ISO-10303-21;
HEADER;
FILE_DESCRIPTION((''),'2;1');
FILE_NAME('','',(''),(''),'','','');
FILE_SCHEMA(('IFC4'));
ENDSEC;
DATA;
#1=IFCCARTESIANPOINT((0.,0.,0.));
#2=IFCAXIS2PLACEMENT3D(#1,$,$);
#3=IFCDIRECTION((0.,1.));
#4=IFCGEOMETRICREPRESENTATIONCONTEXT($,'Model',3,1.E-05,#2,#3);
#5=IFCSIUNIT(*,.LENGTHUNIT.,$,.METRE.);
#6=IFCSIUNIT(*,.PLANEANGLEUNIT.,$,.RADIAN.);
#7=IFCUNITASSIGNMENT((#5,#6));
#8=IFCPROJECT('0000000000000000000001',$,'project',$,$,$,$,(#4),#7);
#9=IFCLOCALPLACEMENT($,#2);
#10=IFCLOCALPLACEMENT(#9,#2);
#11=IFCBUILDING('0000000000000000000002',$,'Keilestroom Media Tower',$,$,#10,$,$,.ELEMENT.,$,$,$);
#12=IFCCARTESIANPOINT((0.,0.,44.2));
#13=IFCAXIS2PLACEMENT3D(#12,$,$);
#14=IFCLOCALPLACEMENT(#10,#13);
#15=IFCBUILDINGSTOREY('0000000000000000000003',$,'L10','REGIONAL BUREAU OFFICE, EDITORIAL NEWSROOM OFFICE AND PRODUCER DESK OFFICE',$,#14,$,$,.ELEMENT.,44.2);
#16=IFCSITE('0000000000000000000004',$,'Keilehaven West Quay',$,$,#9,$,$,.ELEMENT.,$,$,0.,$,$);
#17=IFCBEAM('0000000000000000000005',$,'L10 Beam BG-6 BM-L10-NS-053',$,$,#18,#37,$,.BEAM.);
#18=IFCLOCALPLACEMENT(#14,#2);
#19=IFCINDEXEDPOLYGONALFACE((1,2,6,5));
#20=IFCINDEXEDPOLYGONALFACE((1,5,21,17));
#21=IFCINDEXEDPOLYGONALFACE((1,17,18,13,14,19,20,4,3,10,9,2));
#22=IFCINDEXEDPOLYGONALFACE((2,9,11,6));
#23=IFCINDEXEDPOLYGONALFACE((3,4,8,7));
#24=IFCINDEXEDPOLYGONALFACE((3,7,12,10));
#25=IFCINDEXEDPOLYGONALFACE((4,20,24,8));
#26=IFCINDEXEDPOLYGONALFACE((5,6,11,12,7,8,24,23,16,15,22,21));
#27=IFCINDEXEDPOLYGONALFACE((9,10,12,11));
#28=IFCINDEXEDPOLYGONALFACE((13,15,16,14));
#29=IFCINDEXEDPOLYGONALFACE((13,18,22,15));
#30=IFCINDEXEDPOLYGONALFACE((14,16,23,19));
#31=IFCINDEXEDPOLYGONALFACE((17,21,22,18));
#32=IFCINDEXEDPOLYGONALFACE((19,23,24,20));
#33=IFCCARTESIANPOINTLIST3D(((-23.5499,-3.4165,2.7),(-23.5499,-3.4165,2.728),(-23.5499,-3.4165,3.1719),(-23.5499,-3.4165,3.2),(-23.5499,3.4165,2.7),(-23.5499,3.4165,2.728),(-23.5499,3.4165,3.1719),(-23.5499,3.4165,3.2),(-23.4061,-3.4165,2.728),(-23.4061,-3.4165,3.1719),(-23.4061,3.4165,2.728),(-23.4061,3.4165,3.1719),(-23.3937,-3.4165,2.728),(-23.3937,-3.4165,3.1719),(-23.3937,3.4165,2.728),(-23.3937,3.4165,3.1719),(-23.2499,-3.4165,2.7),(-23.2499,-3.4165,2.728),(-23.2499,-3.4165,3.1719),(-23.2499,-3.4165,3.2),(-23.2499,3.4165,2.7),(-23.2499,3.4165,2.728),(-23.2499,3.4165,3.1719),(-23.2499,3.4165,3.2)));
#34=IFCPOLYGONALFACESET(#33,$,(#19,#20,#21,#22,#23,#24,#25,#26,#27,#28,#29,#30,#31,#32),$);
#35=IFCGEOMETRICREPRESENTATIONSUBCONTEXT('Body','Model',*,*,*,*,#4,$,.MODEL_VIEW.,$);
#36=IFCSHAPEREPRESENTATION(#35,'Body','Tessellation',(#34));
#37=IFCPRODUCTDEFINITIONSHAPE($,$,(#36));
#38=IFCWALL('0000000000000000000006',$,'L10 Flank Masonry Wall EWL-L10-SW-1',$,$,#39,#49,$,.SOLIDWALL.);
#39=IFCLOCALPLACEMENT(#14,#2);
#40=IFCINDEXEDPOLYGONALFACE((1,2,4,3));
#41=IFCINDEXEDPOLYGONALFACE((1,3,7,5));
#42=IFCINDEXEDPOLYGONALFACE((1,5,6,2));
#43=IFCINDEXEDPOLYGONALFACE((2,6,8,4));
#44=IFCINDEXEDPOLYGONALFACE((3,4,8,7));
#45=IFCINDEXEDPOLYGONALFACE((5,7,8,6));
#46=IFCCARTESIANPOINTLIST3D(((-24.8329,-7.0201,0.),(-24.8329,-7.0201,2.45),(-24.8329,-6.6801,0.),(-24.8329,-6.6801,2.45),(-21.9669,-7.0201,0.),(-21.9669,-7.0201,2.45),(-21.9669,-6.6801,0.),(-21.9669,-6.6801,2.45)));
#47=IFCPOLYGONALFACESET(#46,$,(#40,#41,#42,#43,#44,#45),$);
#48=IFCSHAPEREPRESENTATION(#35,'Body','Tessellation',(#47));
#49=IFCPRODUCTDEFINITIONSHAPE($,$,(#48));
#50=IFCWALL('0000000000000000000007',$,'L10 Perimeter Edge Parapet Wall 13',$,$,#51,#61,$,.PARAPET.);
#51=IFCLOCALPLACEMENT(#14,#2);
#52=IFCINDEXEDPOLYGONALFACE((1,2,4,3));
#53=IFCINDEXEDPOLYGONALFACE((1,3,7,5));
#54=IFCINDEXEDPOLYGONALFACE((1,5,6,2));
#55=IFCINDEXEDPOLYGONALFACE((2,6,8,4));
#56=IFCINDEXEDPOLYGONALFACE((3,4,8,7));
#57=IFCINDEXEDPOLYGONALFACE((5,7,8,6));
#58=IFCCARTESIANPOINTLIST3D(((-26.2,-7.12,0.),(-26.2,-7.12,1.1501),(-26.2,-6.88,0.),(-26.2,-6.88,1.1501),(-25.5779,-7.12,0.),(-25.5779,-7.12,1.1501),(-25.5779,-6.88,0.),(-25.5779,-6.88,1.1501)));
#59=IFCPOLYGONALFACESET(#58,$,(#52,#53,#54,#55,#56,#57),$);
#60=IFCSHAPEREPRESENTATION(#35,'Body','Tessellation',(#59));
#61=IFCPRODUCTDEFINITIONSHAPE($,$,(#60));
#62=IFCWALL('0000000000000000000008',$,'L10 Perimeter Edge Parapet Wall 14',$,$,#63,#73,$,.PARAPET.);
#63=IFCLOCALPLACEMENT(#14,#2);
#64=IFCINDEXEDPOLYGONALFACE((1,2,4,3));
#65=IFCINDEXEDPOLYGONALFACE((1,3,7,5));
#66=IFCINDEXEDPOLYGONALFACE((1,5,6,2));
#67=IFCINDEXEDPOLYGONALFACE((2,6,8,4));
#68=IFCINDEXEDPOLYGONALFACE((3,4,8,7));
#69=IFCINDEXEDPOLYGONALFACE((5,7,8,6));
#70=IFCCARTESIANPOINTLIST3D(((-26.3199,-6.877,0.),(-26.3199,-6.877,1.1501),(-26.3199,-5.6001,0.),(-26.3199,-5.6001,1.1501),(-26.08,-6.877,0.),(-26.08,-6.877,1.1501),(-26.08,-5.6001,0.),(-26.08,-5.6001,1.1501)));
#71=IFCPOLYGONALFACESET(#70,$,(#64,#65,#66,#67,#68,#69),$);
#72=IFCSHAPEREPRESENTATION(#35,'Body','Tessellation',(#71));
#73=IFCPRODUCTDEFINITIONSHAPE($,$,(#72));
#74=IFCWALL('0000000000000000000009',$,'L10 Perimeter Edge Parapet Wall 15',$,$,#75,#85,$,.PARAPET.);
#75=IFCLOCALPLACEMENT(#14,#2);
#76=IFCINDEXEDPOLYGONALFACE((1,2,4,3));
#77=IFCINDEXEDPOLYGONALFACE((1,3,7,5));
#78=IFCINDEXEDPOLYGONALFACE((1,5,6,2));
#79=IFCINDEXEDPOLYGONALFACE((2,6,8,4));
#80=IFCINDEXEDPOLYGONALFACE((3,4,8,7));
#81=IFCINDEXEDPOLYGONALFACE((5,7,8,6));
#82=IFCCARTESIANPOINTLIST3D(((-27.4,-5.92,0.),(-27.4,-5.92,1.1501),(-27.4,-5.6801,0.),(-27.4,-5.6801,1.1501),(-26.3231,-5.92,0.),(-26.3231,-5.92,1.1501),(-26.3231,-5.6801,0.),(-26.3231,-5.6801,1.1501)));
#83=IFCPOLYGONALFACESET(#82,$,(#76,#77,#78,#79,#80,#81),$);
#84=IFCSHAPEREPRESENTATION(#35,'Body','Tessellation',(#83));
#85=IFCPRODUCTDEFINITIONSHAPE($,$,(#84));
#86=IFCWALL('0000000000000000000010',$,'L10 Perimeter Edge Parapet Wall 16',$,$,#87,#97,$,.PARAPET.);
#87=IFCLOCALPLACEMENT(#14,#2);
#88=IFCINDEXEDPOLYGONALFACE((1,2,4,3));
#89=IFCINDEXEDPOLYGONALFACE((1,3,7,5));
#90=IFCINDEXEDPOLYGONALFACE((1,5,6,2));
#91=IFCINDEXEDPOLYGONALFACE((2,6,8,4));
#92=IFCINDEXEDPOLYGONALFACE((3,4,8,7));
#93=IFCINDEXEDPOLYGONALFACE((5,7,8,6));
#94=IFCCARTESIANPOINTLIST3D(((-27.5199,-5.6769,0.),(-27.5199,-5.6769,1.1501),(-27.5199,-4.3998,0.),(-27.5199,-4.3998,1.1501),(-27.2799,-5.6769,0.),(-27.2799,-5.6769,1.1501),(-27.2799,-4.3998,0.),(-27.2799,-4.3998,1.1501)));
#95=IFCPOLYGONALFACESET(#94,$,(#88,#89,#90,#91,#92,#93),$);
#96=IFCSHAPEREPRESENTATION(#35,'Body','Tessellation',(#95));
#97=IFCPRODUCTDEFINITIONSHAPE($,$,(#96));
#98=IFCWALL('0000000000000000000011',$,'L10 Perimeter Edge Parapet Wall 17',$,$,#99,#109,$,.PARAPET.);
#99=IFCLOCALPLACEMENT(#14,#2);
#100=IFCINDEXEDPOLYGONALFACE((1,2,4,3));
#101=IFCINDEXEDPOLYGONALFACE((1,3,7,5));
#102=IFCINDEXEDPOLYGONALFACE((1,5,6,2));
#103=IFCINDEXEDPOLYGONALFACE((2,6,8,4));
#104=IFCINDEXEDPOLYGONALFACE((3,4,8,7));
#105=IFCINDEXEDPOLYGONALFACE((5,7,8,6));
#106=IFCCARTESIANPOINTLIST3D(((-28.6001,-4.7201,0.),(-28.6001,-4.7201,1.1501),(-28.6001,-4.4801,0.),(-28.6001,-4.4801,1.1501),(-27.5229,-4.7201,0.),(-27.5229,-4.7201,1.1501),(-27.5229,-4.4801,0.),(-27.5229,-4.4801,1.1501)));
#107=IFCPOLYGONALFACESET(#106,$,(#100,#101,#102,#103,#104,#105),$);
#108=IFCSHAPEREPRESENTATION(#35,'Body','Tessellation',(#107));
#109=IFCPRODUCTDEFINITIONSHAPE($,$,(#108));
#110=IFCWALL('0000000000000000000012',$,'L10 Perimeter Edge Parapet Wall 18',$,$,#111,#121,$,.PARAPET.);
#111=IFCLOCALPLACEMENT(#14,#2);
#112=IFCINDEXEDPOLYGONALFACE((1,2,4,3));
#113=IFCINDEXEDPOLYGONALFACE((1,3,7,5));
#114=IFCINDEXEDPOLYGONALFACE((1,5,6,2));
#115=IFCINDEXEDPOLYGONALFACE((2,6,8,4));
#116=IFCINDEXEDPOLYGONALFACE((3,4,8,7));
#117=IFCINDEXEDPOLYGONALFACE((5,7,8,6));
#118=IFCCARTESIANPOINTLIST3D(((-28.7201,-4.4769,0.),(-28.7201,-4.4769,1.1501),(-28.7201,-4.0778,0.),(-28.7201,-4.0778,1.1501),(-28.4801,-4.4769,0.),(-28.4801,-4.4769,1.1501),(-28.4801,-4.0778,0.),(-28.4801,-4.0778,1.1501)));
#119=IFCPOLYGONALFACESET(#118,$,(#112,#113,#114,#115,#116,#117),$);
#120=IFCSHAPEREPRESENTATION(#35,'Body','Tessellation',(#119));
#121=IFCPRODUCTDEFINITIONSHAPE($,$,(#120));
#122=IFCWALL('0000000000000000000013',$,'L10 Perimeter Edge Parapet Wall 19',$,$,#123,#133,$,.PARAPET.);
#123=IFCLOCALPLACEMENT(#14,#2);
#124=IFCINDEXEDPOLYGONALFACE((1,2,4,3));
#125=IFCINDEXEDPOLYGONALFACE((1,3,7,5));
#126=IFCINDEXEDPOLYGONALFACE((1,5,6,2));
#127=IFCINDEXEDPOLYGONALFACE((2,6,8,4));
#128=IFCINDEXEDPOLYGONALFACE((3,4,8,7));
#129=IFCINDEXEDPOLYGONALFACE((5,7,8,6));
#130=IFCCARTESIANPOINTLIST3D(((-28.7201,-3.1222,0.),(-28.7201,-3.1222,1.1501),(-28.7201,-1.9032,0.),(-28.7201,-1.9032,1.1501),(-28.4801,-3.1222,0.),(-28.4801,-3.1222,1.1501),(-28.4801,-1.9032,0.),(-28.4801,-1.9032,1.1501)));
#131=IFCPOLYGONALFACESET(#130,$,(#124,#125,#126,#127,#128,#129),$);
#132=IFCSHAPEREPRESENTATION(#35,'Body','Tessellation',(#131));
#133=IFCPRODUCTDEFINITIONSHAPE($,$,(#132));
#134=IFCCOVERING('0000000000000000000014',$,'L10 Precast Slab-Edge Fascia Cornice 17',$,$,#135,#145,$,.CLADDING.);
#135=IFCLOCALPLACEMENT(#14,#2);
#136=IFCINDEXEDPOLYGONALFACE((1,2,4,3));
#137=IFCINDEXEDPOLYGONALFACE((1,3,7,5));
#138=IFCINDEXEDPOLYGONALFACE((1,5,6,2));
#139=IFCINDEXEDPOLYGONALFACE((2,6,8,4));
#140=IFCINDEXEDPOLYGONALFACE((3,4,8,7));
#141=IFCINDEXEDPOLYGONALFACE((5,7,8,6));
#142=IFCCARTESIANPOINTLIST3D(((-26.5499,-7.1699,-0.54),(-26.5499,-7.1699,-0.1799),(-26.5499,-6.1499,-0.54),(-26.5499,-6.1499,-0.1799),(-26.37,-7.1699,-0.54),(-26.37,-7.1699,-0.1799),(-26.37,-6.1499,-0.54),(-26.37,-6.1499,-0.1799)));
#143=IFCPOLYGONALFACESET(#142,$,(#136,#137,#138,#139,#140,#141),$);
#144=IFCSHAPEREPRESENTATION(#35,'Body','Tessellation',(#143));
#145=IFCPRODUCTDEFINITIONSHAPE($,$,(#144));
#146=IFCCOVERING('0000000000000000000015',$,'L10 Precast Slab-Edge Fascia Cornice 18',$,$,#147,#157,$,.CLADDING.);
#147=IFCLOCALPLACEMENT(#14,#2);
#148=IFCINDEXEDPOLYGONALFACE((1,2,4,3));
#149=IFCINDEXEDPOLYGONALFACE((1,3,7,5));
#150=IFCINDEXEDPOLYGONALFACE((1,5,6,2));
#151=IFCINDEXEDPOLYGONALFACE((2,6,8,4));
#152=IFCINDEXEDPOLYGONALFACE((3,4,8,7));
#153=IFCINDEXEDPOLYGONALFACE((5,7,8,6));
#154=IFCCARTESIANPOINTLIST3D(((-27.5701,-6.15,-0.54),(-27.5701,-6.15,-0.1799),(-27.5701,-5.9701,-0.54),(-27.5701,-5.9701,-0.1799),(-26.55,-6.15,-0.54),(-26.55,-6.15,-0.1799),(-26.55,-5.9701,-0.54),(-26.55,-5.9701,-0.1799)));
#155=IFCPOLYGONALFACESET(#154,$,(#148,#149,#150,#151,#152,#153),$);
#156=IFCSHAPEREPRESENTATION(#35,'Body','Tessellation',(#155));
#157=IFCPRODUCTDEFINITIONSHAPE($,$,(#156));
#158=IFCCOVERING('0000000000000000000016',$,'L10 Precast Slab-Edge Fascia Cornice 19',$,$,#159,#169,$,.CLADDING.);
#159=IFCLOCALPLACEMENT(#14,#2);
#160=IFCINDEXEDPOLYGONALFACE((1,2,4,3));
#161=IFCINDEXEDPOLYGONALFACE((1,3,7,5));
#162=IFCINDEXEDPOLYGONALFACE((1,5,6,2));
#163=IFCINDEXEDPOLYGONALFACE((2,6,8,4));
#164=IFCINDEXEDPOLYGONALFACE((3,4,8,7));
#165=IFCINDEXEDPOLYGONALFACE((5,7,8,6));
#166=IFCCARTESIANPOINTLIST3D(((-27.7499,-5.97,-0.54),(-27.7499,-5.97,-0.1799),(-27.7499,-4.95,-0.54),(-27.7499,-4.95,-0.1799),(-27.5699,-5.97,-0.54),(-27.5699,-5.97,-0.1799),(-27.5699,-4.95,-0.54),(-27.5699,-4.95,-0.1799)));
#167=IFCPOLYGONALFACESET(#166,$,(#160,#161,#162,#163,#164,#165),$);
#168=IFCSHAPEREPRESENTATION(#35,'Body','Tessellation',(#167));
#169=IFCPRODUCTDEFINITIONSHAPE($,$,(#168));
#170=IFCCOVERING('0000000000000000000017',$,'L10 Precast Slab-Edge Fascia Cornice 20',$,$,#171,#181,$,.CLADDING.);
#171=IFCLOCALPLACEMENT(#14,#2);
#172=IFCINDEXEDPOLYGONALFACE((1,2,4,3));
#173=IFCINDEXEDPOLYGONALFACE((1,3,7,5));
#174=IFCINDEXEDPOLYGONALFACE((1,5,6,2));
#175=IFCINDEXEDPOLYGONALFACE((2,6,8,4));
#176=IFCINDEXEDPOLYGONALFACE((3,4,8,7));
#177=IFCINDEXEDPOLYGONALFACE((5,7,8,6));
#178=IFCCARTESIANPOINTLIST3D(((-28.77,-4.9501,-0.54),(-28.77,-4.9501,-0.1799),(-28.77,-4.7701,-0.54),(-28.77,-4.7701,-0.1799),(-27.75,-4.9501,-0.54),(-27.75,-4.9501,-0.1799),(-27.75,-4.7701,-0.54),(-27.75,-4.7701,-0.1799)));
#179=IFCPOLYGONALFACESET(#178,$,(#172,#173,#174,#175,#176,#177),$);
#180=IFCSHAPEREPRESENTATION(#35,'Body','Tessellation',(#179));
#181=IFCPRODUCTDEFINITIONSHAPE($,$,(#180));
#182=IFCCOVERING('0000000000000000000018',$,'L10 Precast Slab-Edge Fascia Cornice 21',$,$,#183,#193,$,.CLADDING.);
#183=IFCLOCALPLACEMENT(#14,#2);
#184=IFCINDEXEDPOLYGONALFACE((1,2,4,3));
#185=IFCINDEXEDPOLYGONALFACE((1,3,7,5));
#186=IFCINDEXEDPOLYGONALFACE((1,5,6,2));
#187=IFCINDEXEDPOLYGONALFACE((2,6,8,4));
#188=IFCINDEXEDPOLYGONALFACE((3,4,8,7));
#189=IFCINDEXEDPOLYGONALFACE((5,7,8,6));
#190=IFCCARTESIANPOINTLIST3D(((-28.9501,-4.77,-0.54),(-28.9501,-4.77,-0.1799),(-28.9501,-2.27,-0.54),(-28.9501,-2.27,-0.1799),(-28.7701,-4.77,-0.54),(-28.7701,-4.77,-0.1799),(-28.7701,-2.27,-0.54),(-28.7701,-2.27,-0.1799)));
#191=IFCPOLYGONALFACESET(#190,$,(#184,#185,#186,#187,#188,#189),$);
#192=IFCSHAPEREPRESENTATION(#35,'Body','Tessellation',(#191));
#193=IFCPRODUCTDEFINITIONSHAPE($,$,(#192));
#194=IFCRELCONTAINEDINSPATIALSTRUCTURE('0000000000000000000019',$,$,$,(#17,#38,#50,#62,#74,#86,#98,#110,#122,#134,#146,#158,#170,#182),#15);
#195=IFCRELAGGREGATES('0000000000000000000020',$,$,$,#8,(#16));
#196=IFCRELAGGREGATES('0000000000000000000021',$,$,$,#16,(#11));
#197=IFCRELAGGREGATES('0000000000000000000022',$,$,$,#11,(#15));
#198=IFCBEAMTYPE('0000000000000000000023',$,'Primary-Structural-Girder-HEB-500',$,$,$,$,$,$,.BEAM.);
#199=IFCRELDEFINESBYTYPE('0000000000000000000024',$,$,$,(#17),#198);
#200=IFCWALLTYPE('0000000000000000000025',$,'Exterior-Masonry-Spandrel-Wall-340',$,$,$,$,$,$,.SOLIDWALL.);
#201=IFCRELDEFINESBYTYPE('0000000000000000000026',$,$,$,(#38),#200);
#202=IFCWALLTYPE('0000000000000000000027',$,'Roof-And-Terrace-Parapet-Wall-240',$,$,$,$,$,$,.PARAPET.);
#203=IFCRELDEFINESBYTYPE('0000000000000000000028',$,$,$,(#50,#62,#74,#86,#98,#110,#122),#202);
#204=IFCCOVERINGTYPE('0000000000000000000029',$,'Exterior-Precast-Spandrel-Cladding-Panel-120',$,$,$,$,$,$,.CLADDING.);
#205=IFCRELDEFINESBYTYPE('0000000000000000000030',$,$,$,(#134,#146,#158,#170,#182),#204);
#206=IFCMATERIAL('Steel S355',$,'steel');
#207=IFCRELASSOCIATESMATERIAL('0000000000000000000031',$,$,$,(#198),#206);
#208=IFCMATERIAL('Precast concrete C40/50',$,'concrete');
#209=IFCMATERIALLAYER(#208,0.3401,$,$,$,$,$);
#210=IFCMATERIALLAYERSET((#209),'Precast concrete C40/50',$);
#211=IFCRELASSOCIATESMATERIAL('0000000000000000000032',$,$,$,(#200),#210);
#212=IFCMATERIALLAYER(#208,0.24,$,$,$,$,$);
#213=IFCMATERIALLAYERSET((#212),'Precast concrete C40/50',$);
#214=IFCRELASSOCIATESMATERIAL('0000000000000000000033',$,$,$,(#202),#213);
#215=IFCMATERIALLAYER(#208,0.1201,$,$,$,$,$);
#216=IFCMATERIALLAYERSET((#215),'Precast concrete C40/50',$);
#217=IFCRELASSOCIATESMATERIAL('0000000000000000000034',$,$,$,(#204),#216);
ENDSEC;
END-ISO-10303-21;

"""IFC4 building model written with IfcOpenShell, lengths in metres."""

from ifc_helpers import new_model, si_unit, direction, frame, frame_2d, origin, origin_2d, place, context, subcontext, project, spatial, rectangle, i_section, extrude, source, transform, mapped, material, layer, layer_set, material_profile, profile_set, type_object, element, save


model = new_model("IFC4")

# Units and contexts
model_context = context("Model", 3, precision=1e-05, world=origin(), true_north=direction((0.0, 1.0)))
body_context = subcontext(model_context, "Body", "Model", "MODEL_VIEW")
ifc_project = project(units=[si_unit("LENGTHUNIT", "METRE"), si_unit("PLANEANGLEUNIT", "RADIAN")], contexts=[model_context])

# Site, building, storey
site_placement = place(None, origin())
site = spatial("IfcSite", under=ifc_project, at=site_placement, Name="Keilehaven West Quay", CompositionType="ELEMENT", RefElevation=0.0)
building_placement = place(site_placement, origin())
building = spatial("IfcBuilding", under=site, at=building_placement, Name="Keilestroom Media Tower", CompositionType="ELEMENT")
storey_placement = place(building_placement, frame((0.0, 0.0, 44.2)))
storey = spatial("IfcBuildingStorey", under=building, at=storey_placement, Name="L10", Description="REGIONAL BUREAU OFFICE, EDITORIAL NEWSROOM OFFICE AND PRODUCER DESK OFFICE", CompositionType="ELEMENT", Elevation=44.2)

# Shared definitions
ifc_material_1 = material(Name="Precast concrete C40/50", Category="concrete")

# Beam
ifc_material_2 = material(Name="Steel S355", Category="steel")
ifc_material_profile_1 = material_profile(ifc_material_2, i_section(OverallWidth=0.3, OverallDepth=0.5, WebThickness=0.0125, FlangeThickness=0.0281, at=origin_2d()), Name="HEB 500")
ifc_profile_set_1 = profile_set([ifc_material_profile_1], Name="Steel S355")
beam_type_1 = type_object("IfcBeamType", Name="Primary-Structural-Girder-HEB-500", PredefinedType="BEAM", material=ifc_profile_set_1)
shared_shape_1 = source(origin(), body_context, "Body", "SweptSolid", [
    extrude(i_section(OverallWidth=0.3, OverallDepth=0.5, WebThickness=0.0125, FlangeThickness=0.0281, at=origin_2d()), origin(), (0.0, 0.0, 1.0), 6.833),
])
beam_1_placement = place(storey_placement, frame((-23.3999, -3.4165, 2.95), z_axis=(0.0, 1.0, 0.0), x_axis=(-1.0, 0.0, 0.0)))
element("IfcBeam", 1, at=beam_1_placement, inside=storey, type_object=beam_type_1, Name="L10 Beam BG-6 BM-L10-NS-053", PredefinedType="BEAM", context=body_context, shape_type="MappedRepresentation", body=[
    mapped(shared_shape_1, transform((0.0, 0.0, 0.0), x_axis=(1.0, 0.0, 0.0), y_axis=(0.0, 1.0, 0.0), z_axis=(0.0, 0.0, 1.0), scale=1.0)),
])

# Walls
ifc_layer_1 = layer(ifc_material_1, 0.3401)
ifc_layer_set_1 = layer_set([ifc_layer_1], Name="Precast concrete C40/50")
wall_type_1 = type_object("IfcWallType", Name="Exterior-Masonry-Spandrel-Wall-340", PredefinedType="SOLIDWALL", material=ifc_layer_set_1)
wall_1_placement = place(storey_placement, frame((-24.833, -6.8501, 0.0), z_axis=(0.0, 0.0, 1.0), x_axis=(1.0, 0.0, 0.0)))
element("IfcWall", 2, at=wall_1_placement, inside=storey, type_object=wall_type_1, Name="L10 Flank Masonry Wall EWL-L10-SW-1", PredefinedType="SOLIDWALL", context=body_context, shape_type="SweptSolid", body=[
    extrude(rectangle(XDim=2.866, YDim=0.3401, at=frame_2d((1.4331, 0.0))), origin(), (0.0, 0.0, 1.0), 2.45),
])
ifc_layer_2 = layer(ifc_material_1, 0.24)
ifc_layer_set_2 = layer_set([ifc_layer_2], Name="Precast concrete C40/50")
wall_type_2 = type_object("IfcWallType", Name="Roof-And-Terrace-Parapet-Wall-240", PredefinedType="PARAPET", material=ifc_layer_set_2)
wall_2_placement = place(storey_placement, frame((-25.5779, -7.0, 0.0), z_axis=(0.0, 0.0, 1.0), x_axis=(-1.0, 0.0, 0.0)))
element("IfcWall", 3, at=wall_2_placement, inside=storey, type_object=wall_type_2, Name="L10 Perimeter Edge Parapet Wall 13", PredefinedType="PARAPET", context=body_context, shape_type="SweptSolid", body=[
    extrude(rectangle(XDim=0.6221, YDim=0.24, at=frame_2d((0.311, 0.0))), origin(), (0.0, 0.0, 1.0), 1.1501),
])
wall_3_placement = place(storey_placement, frame((-26.2, -6.877, 0.0), z_axis=(0.0, 0.0, 1.0), x_axis=(0.0, 1.0, 0.0)))
element("IfcWall", 4, at=wall_3_placement, inside=storey, type_object=wall_type_2, Name="L10 Perimeter Edge Parapet Wall 14", PredefinedType="PARAPET", context=body_context, shape_type="SweptSolid", body=[
    extrude(rectangle(XDim=1.2769, YDim=0.24, at=frame_2d((0.6384, 0.0))), origin(), (0.0, 0.0, 1.0), 1.1501),
])
wall_4_placement = place(storey_placement, frame((-26.323, -5.8, 0.0), z_axis=(0.0, 0.0, 1.0), x_axis=(-1.0, 0.0, 0.0)))
element("IfcWall", 5, at=wall_4_placement, inside=storey, type_object=wall_type_2, Name="L10 Perimeter Edge Parapet Wall 15", PredefinedType="PARAPET", context=body_context, shape_type="SweptSolid", body=[
    extrude(rectangle(XDim=1.0769, YDim=0.24, at=frame_2d((0.5386, 0.0))), origin(), (0.0, 0.0, 1.0), 1.1501),
])
wall_5_placement = place(storey_placement, frame((-27.3999, -5.677, 0.0), z_axis=(0.0, 0.0, 1.0), x_axis=(0.0, 1.0, 0.0)))
element("IfcWall", 6, at=wall_5_placement, inside=storey, type_object=wall_type_2, Name="L10 Perimeter Edge Parapet Wall 16", PredefinedType="PARAPET", context=body_context, shape_type="SweptSolid", body=[
    extrude(rectangle(XDim=1.2771, YDim=0.24, at=frame_2d((0.6387, 0.0))), origin(), (0.0, 0.0, 1.0), 1.1501),
])
wall_6_placement = place(storey_placement, frame((-27.5229, -4.6001, 0.0), z_axis=(0.0, 0.0, 1.0), x_axis=(-1.0, 0.0, 0.0)))
element("IfcWall", 7, at=wall_6_placement, inside=storey, type_object=wall_type_2, Name="L10 Perimeter Edge Parapet Wall 17", PredefinedType="PARAPET", context=body_context, shape_type="SweptSolid", body=[
    extrude(rectangle(XDim=1.0771, YDim=0.24, at=frame_2d((0.5386, 0.0))), origin(), (0.0, 0.0, 1.0), 1.1501),
])
wall_7_placement = place(storey_placement, frame((-28.6001, -4.4771, 0.0), z_axis=(0.0, 0.0, 1.0), x_axis=(0.0, 1.0, 0.0)))
element("IfcWall", 8, at=wall_7_placement, inside=storey, type_object=wall_type_2, Name="L10 Perimeter Edge Parapet Wall 18", PredefinedType="PARAPET", context=body_context, shape_type="SweptSolid", body=[
    extrude(rectangle(XDim=0.3992, YDim=0.24, at=frame_2d((0.1997, 0.0))), origin(), (0.0, 0.0, 1.0), 1.1501),
])
wall_8_placement = place(storey_placement, frame((-28.6001, -3.1221, 0.0), z_axis=(0.0, 0.0, 1.0), x_axis=(0.0, 1.0, 0.0)))
element("IfcWall", 9, at=wall_8_placement, inside=storey, type_object=wall_type_2, Name="L10 Perimeter Edge Parapet Wall 19", PredefinedType="PARAPET", context=body_context, shape_type="SweptSolid", body=[
    extrude(rectangle(XDim=1.219, YDim=0.24, at=frame_2d((0.6094, 0.0))), origin(), (0.0, 0.0, 1.0), 1.1501),
])

# Coverings
ifc_layer_3 = layer(ifc_material_1, 0.1201)
ifc_layer_set_3 = layer_set([ifc_layer_3], Name="Precast concrete C40/50")
covering_type = type_object("IfcCoveringType", Name="Exterior-Precast-Spandrel-Cladding-Panel-120", PredefinedType="CLADDING", material=ifc_layer_set_3)
shared_shape_2 = source(origin(), body_context, "Body", "SweptSolid", [
    extrude(rectangle(XDim=1.02, YDim=0.1799, at=origin_2d()), origin(), (0.0, 0.0, 1.0), 0.3601),
])
for number, where, z_axis, x_axis, name in (
    (10, (-26.46, -6.6599, -0.54), (0.0, 0.0, 1.0), (0.0, 1.0, 0.0), "L10 Precast Slab-Edge Fascia Cornice 17"),
    (11, (-27.0601, -6.0601, -0.54), (0.0, 0.0, 1.0), (-1.0, 0.0, 0.0), "L10 Precast Slab-Edge Fascia Cornice 18"),
    (12, (-27.6599, -5.46, -0.54), (0.0, 0.0, 1.0), (0.0, 1.0, 0.0), "L10 Precast Slab-Edge Fascia Cornice 19"),
    (13, (-28.26, -4.8601, -0.54), (0.0, 0.0, 1.0), (-1.0, 0.0, 0.0), "L10 Precast Slab-Edge Fascia Cornice 20"),
):
    element("IfcCovering", number, at=place(storey_placement, frame(where, z_axis=z_axis, x_axis=x_axis)), inside=storey, type_object=covering_type, Name=name, PredefinedType="CLADDING", context=body_context, shape_type="MappedRepresentation", body=[
        mapped(shared_shape_2, transform((0.0, 0.0, 0.0), x_axis=(1.0, 0.0, 0.0), y_axis=(0.0, 1.0, 0.0), z_axis=(0.0, 0.0, 1.0), scale=1.0)),
    ])
shared_shape_3 = source(origin(), body_context, "Body", "SweptSolid", [
    extrude(rectangle(XDim=2.5, YDim=0.1799, at=origin_2d()), origin(), (0.0, 0.0, 1.0), 0.3601),
])
covering_placement = place(storey_placement, frame((-28.8601, -3.52, -0.54), z_axis=(0.0, 0.0, 1.0), x_axis=(0.0, 1.0, 0.0)))
element("IfcCovering", 14, at=covering_placement, inside=storey, type_object=covering_type, Name="L10 Precast Slab-Edge Fascia Cornice 21", PredefinedType="CLADDING", context=body_context, shape_type="MappedRepresentation", body=[
    mapped(shared_shape_3, transform((0.0, 0.0, 0.0), x_axis=(1.0, 0.0, 0.0), y_axis=(0.0, 1.0, 0.0), z_axis=(0.0, 0.0, 1.0), scale=1.0)),
])

save(model, "model.ifc")
